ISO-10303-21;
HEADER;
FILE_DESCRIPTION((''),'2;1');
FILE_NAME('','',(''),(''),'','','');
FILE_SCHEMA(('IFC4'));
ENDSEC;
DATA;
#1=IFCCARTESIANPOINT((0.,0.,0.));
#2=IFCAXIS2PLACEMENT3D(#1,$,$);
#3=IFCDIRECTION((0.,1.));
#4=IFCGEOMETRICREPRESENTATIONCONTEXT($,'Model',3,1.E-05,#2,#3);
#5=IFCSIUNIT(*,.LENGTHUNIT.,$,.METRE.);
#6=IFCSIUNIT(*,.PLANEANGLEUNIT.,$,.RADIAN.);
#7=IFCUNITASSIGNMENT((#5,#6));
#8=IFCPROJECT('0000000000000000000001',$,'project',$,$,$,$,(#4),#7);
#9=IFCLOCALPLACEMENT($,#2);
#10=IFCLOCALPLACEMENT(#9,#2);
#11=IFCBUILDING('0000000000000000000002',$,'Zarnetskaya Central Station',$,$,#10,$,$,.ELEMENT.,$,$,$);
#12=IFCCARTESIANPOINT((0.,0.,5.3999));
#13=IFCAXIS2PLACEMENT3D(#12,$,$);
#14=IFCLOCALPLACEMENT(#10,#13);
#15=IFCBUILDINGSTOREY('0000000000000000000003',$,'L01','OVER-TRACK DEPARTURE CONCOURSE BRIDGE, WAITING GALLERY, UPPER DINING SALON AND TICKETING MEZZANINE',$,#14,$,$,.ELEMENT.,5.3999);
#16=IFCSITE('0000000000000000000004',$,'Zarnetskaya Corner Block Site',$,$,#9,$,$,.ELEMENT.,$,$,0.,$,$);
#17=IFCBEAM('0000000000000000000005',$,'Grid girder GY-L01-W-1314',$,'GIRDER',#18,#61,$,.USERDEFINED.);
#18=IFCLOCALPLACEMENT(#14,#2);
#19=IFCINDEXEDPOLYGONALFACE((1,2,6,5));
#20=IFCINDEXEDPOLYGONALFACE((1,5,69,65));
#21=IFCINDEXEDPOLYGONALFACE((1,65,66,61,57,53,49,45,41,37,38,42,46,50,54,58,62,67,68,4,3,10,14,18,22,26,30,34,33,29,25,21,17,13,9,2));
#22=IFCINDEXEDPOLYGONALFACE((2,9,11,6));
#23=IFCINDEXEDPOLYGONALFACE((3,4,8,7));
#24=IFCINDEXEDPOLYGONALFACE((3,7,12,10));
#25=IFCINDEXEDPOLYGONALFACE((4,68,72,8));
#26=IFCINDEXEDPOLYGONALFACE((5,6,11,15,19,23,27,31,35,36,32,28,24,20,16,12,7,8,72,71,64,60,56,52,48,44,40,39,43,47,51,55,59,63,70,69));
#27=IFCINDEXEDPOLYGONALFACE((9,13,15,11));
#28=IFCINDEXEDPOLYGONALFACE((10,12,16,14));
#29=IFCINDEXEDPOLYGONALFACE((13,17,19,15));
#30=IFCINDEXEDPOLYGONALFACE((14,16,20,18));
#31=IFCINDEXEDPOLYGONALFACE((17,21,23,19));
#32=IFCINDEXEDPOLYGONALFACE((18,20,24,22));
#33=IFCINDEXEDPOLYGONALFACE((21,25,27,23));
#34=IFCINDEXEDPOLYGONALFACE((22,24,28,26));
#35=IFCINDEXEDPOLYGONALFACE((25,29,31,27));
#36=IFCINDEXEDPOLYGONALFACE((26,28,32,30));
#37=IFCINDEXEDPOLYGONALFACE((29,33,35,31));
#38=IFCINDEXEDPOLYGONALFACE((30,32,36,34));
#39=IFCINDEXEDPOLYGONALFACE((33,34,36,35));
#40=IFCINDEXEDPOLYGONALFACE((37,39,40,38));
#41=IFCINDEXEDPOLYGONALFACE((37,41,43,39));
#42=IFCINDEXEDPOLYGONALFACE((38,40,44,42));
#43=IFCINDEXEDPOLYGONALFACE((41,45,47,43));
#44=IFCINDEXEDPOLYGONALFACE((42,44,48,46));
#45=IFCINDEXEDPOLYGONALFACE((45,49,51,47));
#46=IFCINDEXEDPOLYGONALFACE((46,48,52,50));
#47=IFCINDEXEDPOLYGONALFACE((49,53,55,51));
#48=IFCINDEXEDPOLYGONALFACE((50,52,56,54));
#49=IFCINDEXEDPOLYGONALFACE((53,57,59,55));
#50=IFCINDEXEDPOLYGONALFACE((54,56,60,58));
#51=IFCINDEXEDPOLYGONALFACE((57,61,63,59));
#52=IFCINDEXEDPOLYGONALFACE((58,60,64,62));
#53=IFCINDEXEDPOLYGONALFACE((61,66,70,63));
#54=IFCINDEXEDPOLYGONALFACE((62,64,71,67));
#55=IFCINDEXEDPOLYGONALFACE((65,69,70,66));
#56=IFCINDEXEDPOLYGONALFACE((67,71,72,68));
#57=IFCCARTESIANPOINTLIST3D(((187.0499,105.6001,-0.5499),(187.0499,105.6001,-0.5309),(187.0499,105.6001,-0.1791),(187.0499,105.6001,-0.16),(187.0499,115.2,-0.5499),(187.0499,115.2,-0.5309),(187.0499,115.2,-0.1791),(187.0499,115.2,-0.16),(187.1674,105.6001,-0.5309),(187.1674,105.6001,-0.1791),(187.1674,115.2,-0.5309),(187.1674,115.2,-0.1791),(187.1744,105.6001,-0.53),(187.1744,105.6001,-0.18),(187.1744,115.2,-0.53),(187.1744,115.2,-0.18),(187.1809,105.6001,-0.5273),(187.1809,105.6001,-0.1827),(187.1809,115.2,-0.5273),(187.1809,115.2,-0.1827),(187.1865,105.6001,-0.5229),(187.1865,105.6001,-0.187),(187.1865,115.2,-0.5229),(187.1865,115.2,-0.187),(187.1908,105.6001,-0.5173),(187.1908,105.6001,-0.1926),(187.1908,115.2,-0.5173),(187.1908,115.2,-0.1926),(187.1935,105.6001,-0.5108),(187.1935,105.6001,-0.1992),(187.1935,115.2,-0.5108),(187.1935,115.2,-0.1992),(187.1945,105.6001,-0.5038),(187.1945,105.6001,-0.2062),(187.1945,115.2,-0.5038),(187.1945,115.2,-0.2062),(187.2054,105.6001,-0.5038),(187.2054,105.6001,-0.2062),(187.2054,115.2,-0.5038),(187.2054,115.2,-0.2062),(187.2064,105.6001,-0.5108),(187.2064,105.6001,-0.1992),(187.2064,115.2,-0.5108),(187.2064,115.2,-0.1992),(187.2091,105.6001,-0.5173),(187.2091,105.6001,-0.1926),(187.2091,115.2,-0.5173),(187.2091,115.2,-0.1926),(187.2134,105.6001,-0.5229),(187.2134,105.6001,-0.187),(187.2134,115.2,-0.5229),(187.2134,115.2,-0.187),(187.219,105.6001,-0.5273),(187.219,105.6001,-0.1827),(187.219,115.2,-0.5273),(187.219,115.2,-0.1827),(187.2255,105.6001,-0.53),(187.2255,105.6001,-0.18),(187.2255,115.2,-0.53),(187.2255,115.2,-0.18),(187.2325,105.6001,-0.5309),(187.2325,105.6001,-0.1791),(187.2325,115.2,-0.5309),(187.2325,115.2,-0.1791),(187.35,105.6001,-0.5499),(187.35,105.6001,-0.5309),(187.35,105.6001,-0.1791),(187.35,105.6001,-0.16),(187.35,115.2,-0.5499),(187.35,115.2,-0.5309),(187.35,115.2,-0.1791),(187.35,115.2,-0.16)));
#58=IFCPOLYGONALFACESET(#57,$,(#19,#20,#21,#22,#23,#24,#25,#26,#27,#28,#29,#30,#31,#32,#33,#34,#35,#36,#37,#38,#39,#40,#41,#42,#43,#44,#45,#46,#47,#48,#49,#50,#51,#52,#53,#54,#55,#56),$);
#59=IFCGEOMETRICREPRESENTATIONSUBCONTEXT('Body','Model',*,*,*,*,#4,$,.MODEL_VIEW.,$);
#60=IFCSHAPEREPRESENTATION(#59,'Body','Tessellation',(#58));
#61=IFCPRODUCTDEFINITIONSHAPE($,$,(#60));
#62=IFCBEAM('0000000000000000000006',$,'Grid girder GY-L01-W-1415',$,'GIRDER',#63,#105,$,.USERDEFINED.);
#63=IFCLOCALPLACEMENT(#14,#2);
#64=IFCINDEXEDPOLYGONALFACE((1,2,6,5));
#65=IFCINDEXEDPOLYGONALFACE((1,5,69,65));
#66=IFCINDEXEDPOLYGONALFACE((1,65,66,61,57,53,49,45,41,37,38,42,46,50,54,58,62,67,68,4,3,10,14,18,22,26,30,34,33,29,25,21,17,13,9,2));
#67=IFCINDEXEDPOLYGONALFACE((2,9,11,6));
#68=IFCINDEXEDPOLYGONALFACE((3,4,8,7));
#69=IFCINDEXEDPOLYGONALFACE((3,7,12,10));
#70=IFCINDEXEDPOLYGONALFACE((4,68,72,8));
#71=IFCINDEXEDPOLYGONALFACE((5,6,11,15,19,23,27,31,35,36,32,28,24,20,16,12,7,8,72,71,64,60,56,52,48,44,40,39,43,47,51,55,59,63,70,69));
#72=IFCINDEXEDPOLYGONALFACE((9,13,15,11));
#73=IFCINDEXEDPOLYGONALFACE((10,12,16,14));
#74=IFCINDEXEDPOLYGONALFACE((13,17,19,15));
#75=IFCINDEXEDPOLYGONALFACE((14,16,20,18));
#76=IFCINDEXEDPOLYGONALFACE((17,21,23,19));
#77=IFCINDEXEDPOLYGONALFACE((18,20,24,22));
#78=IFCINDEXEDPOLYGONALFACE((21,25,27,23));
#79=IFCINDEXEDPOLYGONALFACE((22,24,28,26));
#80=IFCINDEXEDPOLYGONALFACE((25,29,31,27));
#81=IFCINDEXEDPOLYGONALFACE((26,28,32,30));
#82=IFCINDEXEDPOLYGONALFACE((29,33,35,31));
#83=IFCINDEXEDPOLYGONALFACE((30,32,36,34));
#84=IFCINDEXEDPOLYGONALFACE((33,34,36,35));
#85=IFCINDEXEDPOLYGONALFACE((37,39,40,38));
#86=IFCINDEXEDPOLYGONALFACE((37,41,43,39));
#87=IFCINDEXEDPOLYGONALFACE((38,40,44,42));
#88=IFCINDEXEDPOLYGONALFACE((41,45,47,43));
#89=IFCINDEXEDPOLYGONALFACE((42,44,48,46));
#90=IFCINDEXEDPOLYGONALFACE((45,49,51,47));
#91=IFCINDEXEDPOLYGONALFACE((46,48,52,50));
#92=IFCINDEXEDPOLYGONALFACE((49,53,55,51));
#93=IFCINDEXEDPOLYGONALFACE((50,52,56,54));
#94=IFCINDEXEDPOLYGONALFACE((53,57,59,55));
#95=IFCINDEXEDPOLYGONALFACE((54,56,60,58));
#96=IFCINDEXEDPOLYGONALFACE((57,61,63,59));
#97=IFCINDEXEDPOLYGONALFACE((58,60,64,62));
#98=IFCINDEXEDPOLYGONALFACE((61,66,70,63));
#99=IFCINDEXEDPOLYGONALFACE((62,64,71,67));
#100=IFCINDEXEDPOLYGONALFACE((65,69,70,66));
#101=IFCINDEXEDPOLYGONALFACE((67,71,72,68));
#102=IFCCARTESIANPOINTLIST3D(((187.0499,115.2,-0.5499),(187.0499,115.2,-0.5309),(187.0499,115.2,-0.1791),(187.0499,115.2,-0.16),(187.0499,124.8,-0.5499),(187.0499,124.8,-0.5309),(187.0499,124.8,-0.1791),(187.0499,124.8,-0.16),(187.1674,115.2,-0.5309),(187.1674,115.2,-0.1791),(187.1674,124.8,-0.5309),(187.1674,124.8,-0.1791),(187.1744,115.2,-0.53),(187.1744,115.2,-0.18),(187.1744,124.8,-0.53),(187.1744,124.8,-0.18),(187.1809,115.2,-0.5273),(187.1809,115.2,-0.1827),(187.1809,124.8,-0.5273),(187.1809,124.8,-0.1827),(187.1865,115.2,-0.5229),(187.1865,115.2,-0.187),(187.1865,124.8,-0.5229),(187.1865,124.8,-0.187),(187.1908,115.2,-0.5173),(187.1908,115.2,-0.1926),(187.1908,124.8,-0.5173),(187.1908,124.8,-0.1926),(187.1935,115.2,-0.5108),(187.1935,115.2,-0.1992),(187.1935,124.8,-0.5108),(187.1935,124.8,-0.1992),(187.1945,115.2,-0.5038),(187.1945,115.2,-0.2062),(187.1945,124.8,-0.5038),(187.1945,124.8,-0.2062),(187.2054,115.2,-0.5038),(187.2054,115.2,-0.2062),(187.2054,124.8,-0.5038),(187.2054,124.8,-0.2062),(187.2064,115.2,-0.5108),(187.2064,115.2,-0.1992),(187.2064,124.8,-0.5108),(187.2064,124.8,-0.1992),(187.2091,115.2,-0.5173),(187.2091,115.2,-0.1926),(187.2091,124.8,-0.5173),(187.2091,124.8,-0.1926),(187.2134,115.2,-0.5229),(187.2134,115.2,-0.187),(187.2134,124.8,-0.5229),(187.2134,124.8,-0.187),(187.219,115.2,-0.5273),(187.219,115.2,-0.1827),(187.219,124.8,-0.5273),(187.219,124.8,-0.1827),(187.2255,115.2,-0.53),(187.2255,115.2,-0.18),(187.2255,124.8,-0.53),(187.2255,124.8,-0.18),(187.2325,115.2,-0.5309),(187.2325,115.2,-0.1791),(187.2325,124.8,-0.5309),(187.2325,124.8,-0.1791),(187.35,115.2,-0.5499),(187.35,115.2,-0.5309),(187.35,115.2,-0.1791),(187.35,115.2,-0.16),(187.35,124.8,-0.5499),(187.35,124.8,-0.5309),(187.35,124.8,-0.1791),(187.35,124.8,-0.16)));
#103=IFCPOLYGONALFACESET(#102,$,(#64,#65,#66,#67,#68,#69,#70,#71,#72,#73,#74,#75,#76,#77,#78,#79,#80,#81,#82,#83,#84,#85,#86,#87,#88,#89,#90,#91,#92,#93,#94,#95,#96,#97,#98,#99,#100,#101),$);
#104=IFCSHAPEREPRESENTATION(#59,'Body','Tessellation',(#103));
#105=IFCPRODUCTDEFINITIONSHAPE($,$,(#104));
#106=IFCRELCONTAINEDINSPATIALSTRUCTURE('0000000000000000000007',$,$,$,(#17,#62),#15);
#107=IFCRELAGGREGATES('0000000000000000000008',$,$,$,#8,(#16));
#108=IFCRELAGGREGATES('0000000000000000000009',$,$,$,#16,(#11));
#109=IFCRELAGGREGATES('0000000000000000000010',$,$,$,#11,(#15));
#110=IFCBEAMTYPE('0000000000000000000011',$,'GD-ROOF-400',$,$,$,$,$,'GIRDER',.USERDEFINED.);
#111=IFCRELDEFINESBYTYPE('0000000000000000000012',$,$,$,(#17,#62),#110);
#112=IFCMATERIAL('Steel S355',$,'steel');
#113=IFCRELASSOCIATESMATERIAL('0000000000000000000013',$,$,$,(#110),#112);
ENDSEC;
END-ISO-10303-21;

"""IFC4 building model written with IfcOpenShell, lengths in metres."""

from ifc_helpers import new_model, si_unit, direction, frame, origin, origin_2d, place, context, subcontext, project, spatial, i_section, extrude, material, material_profile, profile_set, type_object, element, save


model = new_model("IFC4")

# Units and contexts
model_context = context("Model", 3, precision=1e-05, world=origin(), true_north=direction((0.0, 1.0)))
body_context = subcontext(model_context, "Body", "Model", "MODEL_VIEW")
ifc_project = project(units=[si_unit("LENGTHUNIT", "METRE"), si_unit("PLANEANGLEUNIT", "RADIAN")], contexts=[model_context])

# Site, building, storey
site_placement = place(None, origin())
site = spatial("IfcSite", under=ifc_project, at=site_placement, Name="Zarnetskaya Corner Block Site", CompositionType="ELEMENT", RefElevation=0.0)
building_placement = place(site_placement, origin())
building = spatial("IfcBuilding", under=site, at=building_placement, Name="Zarnetskaya Central Station", CompositionType="ELEMENT")
storey_placement = place(building_placement, frame((0.0, 0.0, 5.3999)))
storey = spatial("IfcBuildingStorey", under=building, at=storey_placement, Name="L01", Description="OVER-TRACK DEPARTURE CONCOURSE BRIDGE, WAITING GALLERY, UPPER DINING SALON AND TICKETING MEZZANINE", CompositionType="ELEMENT", Elevation=5.3999)

# Beams
ifc_material = material(Name="Steel S355", Category="steel")
ifc_material_profile_1 = material_profile(ifc_material, i_section(OverallWidth=0.3, OverallDepth=0.3899, WebThickness=0.011, FlangeThickness=0.019, FilletRadius=0.0271, at=origin_2d()), Name="HEA 400")
ifc_profile_set_1 = profile_set([ifc_material_profile_1], Name="Steel S355")
beam_type_1 = type_object("IfcBeamType", Name="GD-ROOF-400", ElementType="GIRDER", PredefinedType="USERDEFINED", material=ifc_profile_set_1)
beam_1_placement = place(storey_placement, frame((187.2, 105.6001, -0.355), z_axis=(0.0, 1.0, 0.0), x_axis=(-1.0, 0.0, 0.0)))
element("IfcBeam", 1, at=beam_1_placement, inside=storey, type_object=beam_type_1, Name="Grid girder GY-L01-W-1314", ObjectType="GIRDER", PredefinedType="USERDEFINED", context=body_context, shape_type="SweptSolid", body=[
    extrude(i_section(OverallWidth=0.3, OverallDepth=0.3899, WebThickness=0.011, FlangeThickness=0.019, FilletRadius=0.0271, at=origin_2d()), origin(), (0.0, 0.0, 1.0), 9.5999),
])
beam_2_placement = place(storey_placement, frame((187.2, 115.2, -0.355), z_axis=(0.0, 1.0, 0.0), x_axis=(-1.0, 0.0, 0.0)))
element("IfcBeam", 2, at=beam_2_placement, inside=storey, type_object=beam_type_1, Name="Grid girder GY-L01-W-1415", ObjectType="GIRDER", PredefinedType="USERDEFINED", context=body_context, shape_type="SweptSolid", body=[
    extrude(i_section(OverallWidth=0.3, OverallDepth=0.3899, WebThickness=0.011, FlangeThickness=0.019, FilletRadius=0.0271, at=origin_2d()), origin(), (0.0, 0.0, 1.0), 9.6001),
])

save(model, "model.ifc")
